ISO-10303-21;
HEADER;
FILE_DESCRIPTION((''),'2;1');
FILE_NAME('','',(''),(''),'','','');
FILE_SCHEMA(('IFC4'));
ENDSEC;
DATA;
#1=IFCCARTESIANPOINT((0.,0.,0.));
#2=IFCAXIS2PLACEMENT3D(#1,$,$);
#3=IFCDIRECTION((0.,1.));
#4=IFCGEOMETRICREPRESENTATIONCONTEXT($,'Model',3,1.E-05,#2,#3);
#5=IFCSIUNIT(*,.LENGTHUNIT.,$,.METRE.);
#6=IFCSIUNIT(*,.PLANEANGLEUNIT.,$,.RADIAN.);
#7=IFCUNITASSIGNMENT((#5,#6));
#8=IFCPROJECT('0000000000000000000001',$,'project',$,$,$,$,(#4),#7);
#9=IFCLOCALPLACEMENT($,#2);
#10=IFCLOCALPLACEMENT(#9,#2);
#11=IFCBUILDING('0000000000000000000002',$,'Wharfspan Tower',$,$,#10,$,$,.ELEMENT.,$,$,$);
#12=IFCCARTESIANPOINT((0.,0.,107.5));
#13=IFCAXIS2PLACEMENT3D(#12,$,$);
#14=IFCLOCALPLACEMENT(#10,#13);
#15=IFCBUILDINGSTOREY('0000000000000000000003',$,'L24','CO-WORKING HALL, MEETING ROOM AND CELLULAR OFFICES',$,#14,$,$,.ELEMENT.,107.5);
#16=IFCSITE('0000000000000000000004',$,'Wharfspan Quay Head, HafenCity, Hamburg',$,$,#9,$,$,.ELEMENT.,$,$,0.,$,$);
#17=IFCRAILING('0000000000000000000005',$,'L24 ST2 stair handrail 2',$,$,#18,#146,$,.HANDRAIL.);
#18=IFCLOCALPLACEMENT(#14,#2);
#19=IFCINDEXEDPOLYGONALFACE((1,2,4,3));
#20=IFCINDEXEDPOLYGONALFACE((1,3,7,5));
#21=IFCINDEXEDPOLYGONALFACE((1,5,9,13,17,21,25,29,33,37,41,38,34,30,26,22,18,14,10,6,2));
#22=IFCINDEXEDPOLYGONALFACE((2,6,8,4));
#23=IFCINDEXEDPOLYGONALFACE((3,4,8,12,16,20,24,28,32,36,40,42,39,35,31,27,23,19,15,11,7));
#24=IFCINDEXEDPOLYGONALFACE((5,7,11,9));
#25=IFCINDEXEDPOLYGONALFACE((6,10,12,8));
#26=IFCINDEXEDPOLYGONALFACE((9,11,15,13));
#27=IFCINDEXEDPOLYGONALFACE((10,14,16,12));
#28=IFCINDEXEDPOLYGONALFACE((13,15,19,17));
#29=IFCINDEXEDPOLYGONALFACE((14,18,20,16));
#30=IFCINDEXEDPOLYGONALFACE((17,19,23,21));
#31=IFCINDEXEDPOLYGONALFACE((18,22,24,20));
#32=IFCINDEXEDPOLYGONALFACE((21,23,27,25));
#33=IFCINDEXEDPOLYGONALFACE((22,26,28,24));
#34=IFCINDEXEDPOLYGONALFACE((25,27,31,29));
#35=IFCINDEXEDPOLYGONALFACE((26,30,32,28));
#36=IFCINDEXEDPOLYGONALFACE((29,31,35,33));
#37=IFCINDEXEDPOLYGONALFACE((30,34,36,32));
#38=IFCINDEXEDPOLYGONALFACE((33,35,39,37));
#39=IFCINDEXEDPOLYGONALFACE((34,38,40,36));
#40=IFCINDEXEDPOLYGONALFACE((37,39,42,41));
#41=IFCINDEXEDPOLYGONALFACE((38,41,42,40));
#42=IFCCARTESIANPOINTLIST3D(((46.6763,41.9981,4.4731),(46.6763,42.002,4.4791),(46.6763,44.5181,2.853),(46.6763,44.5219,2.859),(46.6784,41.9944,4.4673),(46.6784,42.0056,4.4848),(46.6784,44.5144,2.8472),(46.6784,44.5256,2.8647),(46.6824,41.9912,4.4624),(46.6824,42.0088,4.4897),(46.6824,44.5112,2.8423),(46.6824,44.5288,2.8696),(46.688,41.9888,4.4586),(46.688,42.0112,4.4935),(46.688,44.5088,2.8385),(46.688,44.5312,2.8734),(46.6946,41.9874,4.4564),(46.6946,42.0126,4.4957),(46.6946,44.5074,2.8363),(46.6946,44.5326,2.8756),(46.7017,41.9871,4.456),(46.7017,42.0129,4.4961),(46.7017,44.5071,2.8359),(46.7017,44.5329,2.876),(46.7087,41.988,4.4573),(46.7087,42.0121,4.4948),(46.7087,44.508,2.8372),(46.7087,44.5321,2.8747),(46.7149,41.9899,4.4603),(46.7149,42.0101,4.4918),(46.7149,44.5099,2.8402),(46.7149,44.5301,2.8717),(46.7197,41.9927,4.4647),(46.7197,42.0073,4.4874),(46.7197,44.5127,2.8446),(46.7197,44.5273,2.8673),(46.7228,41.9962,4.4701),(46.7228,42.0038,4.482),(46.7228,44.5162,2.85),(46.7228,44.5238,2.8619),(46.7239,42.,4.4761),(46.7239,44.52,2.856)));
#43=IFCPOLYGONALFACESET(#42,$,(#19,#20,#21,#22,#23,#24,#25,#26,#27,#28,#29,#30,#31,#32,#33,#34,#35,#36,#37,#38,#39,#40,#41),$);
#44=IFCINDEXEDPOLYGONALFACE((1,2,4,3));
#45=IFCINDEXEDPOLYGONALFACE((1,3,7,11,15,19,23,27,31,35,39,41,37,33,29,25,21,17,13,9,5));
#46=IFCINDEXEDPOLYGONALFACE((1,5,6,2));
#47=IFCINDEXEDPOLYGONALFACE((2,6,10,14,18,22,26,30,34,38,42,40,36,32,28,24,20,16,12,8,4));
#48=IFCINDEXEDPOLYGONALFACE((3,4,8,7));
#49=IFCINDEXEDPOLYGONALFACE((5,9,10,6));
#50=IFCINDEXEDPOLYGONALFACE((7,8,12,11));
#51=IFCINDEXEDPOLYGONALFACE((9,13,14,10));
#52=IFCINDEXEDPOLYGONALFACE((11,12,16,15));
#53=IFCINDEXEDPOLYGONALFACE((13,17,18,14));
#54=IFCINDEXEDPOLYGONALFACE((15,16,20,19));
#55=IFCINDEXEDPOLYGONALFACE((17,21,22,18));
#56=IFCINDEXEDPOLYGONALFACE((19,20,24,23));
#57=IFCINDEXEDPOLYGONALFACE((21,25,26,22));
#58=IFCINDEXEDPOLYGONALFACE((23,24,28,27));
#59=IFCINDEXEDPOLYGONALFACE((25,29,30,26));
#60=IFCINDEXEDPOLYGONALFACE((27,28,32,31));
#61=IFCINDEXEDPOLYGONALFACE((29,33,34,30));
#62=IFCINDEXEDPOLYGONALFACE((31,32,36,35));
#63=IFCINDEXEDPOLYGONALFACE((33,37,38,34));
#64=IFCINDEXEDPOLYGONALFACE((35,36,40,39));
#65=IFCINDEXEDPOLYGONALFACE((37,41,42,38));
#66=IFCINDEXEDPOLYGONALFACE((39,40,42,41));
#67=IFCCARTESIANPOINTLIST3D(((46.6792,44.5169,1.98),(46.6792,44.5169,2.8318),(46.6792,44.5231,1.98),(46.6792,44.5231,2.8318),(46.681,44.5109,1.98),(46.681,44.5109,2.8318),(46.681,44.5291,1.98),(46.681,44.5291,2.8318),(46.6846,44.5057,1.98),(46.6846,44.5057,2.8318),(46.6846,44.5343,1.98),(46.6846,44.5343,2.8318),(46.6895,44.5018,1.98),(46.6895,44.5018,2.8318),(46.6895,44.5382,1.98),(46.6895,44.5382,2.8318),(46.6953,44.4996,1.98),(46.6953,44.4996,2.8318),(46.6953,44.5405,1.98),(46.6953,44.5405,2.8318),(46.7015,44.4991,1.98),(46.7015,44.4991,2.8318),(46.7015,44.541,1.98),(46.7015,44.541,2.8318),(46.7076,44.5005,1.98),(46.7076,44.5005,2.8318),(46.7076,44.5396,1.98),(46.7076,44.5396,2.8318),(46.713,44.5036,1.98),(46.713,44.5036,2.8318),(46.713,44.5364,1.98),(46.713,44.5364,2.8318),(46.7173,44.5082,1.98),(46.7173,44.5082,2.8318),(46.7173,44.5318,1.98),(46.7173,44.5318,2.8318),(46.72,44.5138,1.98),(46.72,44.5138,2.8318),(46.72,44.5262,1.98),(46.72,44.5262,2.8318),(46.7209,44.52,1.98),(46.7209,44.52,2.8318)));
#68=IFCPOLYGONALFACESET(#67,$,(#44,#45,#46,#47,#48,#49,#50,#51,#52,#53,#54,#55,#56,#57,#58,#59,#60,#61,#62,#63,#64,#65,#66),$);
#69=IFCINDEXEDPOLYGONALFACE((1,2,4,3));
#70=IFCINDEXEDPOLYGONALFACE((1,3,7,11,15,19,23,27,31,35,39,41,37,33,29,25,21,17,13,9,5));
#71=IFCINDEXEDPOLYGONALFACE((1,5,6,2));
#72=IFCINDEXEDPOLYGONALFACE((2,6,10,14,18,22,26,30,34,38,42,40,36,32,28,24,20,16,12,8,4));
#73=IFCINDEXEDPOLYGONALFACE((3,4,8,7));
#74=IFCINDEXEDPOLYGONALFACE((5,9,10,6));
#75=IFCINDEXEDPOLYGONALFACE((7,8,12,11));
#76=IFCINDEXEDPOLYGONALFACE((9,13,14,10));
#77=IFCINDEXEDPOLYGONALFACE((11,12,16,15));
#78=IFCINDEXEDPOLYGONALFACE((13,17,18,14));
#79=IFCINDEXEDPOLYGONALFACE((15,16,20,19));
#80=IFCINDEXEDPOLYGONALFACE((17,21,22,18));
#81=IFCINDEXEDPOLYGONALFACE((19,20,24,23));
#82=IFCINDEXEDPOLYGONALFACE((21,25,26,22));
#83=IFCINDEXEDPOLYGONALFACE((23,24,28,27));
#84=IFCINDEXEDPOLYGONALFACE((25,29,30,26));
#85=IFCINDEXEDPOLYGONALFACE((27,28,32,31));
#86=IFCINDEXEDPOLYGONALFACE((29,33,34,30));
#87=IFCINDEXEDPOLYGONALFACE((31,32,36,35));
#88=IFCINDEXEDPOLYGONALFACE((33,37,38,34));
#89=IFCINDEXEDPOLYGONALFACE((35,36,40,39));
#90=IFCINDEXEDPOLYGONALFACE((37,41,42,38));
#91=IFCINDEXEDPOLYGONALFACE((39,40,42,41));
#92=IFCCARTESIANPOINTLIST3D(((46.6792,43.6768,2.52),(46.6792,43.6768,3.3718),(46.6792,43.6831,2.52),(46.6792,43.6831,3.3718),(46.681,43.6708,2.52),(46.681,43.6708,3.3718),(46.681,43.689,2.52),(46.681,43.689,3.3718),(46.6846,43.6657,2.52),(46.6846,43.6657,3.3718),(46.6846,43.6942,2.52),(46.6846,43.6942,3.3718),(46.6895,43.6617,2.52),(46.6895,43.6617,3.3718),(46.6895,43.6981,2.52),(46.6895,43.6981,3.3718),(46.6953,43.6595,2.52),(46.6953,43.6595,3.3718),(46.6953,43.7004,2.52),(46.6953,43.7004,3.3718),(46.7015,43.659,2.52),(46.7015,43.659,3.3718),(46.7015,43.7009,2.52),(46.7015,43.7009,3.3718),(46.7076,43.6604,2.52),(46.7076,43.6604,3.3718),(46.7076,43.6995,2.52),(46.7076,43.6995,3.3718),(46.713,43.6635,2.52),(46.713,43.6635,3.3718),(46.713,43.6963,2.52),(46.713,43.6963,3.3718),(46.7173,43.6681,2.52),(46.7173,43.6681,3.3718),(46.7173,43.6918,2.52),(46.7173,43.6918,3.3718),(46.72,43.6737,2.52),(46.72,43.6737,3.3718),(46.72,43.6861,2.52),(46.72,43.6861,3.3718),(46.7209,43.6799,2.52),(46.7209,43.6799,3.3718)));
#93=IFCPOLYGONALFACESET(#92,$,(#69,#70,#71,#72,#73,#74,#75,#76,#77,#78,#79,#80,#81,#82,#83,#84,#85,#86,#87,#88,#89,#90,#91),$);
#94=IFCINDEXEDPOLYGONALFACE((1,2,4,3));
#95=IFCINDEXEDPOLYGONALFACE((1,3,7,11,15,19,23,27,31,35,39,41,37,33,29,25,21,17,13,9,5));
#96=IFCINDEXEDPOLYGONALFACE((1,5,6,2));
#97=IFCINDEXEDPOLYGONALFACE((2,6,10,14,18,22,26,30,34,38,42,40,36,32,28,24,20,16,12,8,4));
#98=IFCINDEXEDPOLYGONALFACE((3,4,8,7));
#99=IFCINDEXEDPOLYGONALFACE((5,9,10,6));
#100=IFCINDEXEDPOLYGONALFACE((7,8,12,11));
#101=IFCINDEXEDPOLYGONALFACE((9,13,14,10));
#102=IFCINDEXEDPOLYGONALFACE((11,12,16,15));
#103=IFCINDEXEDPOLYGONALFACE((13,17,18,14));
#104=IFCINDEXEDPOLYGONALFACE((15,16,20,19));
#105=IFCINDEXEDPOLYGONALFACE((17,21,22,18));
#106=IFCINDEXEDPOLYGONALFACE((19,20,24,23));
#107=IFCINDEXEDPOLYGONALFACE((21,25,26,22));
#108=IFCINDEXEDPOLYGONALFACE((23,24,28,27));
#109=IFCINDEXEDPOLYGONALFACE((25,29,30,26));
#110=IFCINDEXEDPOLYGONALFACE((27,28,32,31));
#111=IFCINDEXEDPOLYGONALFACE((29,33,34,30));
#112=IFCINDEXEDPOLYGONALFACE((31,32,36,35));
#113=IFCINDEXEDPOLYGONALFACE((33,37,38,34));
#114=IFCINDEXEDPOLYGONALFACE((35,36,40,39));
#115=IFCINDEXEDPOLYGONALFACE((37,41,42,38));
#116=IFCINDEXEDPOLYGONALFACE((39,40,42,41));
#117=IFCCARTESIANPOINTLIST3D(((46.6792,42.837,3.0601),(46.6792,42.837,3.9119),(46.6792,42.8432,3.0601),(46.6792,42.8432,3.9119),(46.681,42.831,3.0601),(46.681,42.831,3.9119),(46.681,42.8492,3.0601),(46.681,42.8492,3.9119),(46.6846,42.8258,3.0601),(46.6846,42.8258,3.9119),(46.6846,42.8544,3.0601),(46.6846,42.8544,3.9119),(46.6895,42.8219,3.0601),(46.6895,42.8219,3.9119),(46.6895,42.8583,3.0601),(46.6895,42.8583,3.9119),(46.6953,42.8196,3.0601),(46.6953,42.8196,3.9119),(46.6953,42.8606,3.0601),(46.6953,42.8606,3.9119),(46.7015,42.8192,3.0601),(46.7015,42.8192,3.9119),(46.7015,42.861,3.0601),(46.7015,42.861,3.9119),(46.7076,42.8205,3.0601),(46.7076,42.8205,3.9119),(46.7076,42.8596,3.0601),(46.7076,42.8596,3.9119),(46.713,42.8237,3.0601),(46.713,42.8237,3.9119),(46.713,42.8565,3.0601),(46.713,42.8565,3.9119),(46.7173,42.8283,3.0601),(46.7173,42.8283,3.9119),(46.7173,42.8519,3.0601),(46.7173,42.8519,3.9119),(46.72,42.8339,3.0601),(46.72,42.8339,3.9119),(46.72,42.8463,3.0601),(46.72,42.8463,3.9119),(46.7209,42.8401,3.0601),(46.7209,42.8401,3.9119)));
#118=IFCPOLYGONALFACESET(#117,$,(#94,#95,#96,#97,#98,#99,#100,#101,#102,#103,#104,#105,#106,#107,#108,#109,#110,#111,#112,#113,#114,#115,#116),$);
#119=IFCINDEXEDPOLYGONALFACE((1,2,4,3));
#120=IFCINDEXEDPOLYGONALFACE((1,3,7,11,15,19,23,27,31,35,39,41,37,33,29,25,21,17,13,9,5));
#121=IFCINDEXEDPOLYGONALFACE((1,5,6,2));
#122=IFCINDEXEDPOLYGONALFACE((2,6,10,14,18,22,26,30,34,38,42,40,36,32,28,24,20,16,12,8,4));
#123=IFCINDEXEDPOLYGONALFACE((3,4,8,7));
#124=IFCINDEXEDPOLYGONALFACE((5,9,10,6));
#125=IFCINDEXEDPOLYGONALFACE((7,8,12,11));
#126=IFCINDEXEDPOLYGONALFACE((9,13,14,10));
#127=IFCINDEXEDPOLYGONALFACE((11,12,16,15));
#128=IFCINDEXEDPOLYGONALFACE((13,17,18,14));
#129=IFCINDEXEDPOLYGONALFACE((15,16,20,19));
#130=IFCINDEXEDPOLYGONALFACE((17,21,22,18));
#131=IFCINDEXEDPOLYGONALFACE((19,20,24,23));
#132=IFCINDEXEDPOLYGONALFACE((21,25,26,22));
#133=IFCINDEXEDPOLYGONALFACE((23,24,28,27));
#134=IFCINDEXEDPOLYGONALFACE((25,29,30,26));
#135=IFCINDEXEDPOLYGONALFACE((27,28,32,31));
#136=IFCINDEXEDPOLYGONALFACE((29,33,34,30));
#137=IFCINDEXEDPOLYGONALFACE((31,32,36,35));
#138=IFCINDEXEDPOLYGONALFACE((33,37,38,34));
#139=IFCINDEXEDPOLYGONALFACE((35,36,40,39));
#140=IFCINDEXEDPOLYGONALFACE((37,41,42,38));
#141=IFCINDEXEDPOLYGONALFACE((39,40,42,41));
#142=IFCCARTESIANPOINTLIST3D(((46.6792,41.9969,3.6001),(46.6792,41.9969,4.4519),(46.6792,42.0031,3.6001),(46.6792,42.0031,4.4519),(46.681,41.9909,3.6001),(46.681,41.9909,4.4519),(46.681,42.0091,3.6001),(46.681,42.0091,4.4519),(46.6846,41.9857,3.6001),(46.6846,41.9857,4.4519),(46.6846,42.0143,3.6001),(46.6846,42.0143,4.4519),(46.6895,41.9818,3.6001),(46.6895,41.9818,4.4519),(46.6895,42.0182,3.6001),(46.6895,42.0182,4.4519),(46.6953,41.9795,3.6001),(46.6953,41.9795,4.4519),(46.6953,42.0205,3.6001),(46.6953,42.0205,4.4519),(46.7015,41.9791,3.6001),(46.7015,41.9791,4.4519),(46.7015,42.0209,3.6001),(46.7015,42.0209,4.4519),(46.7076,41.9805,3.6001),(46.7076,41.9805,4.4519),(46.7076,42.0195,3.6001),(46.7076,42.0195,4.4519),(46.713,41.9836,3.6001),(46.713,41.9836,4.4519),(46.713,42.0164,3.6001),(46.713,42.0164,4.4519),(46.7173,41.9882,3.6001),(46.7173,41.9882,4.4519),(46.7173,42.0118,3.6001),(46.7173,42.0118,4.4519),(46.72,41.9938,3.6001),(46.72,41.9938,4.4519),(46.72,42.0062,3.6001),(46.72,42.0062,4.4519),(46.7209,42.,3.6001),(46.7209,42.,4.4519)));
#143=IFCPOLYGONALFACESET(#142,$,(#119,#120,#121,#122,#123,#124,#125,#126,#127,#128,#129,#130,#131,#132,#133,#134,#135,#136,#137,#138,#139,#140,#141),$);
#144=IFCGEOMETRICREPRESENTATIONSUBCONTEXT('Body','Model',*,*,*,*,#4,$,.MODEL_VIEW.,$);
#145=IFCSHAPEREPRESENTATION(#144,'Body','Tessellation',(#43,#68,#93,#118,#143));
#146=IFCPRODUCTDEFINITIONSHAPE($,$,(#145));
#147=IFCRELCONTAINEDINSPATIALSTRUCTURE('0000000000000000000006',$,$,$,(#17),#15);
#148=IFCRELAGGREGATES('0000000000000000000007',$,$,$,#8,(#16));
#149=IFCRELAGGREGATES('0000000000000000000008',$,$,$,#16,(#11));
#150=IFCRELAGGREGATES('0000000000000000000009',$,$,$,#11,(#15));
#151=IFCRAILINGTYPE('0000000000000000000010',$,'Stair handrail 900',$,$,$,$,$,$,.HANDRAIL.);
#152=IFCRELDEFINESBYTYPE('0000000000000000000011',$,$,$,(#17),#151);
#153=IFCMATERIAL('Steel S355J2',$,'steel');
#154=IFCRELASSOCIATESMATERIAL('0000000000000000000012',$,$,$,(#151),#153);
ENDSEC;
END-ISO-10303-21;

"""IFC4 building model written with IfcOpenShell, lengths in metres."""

from ifc_helpers import new_model, si_unit, direction, frame, origin, origin_2d, place, context, subcontext, project, spatial, circle, extrude, material, type_object, element, save


model = new_model("IFC4")

# Units and contexts
model_context = context("Model", 3, precision=1e-05, world=origin(), true_north=direction((0.0, 1.0)))
body_context = subcontext(model_context, "Body", "Model", "MODEL_VIEW")
ifc_project = project(units=[si_unit("LENGTHUNIT", "METRE"), si_unit("PLANEANGLEUNIT", "RADIAN")], contexts=[model_context])

# Site, building, storey
site_placement = place(None, origin())
site = spatial("IfcSite", under=ifc_project, at=site_placement, Name="Wharfspan Quay Head, HafenCity, Hamburg", CompositionType="ELEMENT", RefElevation=0.0)
building_placement = place(site_placement, origin())
building = spatial("IfcBuilding", under=site, at=building_placement, Name="Wharfspan Tower", CompositionType="ELEMENT")
storey_placement = place(building_placement, frame((0.0, 0.0, 107.5)))
storey = spatial("IfcBuildingStorey", under=building, at=storey_placement, Name="L24", Description="CO-WORKING HALL, MEETING ROOM AND CELLULAR OFFICES", CompositionType="ELEMENT", Elevation=107.5)

# Shared definitions
ifc_material_1 = material(Name="Steel S355J2", Category="steel")

# Railing
railing_type_1 = type_object("IfcRailingType", Name="Stair handrail 900", PredefinedType="HANDRAIL", material=ifc_material_1)
railing_1_placement = place(storey_placement, frame((46.7, 44.52, 1.98)))
element("IfcRailing", 1, at=railing_1_placement, inside=storey, type_object=railing_type_1, Name="L24 ST2 stair handrail 2", PredefinedType="HANDRAIL", context=body_context, shape_type="SweptSolid", body=[
    extrude(circle(Radius=0.0239, at=origin_2d()), frame((0.0, 0.0, 0.876), z_axis=(0.0, -0.841163, 0.540782), x_axis=(1.0, 0.0, 0.0)), (0.0, 0.0, 1.0), 2.9958),
    extrude(circle(Radius=0.021, at=origin_2d()), origin(), (0.0, 0.0, 1.0), 0.8518),
    extrude(circle(Radius=0.021, at=origin_2d()), frame((0.0, -0.8401, 0.54)), (0.0, 0.0, 1.0), 0.8518),
    extrude(circle(Radius=0.021, at=origin_2d()), frame((0.0, -1.6799, 1.0801)), (0.0, 0.0, 1.0), 0.8518),
    extrude(circle(Radius=0.021, at=origin_2d()), frame((0.0, -2.52, 1.6201)), (0.0, 0.0, 1.0), 0.8518),
])

save(model, "model.ifc")
